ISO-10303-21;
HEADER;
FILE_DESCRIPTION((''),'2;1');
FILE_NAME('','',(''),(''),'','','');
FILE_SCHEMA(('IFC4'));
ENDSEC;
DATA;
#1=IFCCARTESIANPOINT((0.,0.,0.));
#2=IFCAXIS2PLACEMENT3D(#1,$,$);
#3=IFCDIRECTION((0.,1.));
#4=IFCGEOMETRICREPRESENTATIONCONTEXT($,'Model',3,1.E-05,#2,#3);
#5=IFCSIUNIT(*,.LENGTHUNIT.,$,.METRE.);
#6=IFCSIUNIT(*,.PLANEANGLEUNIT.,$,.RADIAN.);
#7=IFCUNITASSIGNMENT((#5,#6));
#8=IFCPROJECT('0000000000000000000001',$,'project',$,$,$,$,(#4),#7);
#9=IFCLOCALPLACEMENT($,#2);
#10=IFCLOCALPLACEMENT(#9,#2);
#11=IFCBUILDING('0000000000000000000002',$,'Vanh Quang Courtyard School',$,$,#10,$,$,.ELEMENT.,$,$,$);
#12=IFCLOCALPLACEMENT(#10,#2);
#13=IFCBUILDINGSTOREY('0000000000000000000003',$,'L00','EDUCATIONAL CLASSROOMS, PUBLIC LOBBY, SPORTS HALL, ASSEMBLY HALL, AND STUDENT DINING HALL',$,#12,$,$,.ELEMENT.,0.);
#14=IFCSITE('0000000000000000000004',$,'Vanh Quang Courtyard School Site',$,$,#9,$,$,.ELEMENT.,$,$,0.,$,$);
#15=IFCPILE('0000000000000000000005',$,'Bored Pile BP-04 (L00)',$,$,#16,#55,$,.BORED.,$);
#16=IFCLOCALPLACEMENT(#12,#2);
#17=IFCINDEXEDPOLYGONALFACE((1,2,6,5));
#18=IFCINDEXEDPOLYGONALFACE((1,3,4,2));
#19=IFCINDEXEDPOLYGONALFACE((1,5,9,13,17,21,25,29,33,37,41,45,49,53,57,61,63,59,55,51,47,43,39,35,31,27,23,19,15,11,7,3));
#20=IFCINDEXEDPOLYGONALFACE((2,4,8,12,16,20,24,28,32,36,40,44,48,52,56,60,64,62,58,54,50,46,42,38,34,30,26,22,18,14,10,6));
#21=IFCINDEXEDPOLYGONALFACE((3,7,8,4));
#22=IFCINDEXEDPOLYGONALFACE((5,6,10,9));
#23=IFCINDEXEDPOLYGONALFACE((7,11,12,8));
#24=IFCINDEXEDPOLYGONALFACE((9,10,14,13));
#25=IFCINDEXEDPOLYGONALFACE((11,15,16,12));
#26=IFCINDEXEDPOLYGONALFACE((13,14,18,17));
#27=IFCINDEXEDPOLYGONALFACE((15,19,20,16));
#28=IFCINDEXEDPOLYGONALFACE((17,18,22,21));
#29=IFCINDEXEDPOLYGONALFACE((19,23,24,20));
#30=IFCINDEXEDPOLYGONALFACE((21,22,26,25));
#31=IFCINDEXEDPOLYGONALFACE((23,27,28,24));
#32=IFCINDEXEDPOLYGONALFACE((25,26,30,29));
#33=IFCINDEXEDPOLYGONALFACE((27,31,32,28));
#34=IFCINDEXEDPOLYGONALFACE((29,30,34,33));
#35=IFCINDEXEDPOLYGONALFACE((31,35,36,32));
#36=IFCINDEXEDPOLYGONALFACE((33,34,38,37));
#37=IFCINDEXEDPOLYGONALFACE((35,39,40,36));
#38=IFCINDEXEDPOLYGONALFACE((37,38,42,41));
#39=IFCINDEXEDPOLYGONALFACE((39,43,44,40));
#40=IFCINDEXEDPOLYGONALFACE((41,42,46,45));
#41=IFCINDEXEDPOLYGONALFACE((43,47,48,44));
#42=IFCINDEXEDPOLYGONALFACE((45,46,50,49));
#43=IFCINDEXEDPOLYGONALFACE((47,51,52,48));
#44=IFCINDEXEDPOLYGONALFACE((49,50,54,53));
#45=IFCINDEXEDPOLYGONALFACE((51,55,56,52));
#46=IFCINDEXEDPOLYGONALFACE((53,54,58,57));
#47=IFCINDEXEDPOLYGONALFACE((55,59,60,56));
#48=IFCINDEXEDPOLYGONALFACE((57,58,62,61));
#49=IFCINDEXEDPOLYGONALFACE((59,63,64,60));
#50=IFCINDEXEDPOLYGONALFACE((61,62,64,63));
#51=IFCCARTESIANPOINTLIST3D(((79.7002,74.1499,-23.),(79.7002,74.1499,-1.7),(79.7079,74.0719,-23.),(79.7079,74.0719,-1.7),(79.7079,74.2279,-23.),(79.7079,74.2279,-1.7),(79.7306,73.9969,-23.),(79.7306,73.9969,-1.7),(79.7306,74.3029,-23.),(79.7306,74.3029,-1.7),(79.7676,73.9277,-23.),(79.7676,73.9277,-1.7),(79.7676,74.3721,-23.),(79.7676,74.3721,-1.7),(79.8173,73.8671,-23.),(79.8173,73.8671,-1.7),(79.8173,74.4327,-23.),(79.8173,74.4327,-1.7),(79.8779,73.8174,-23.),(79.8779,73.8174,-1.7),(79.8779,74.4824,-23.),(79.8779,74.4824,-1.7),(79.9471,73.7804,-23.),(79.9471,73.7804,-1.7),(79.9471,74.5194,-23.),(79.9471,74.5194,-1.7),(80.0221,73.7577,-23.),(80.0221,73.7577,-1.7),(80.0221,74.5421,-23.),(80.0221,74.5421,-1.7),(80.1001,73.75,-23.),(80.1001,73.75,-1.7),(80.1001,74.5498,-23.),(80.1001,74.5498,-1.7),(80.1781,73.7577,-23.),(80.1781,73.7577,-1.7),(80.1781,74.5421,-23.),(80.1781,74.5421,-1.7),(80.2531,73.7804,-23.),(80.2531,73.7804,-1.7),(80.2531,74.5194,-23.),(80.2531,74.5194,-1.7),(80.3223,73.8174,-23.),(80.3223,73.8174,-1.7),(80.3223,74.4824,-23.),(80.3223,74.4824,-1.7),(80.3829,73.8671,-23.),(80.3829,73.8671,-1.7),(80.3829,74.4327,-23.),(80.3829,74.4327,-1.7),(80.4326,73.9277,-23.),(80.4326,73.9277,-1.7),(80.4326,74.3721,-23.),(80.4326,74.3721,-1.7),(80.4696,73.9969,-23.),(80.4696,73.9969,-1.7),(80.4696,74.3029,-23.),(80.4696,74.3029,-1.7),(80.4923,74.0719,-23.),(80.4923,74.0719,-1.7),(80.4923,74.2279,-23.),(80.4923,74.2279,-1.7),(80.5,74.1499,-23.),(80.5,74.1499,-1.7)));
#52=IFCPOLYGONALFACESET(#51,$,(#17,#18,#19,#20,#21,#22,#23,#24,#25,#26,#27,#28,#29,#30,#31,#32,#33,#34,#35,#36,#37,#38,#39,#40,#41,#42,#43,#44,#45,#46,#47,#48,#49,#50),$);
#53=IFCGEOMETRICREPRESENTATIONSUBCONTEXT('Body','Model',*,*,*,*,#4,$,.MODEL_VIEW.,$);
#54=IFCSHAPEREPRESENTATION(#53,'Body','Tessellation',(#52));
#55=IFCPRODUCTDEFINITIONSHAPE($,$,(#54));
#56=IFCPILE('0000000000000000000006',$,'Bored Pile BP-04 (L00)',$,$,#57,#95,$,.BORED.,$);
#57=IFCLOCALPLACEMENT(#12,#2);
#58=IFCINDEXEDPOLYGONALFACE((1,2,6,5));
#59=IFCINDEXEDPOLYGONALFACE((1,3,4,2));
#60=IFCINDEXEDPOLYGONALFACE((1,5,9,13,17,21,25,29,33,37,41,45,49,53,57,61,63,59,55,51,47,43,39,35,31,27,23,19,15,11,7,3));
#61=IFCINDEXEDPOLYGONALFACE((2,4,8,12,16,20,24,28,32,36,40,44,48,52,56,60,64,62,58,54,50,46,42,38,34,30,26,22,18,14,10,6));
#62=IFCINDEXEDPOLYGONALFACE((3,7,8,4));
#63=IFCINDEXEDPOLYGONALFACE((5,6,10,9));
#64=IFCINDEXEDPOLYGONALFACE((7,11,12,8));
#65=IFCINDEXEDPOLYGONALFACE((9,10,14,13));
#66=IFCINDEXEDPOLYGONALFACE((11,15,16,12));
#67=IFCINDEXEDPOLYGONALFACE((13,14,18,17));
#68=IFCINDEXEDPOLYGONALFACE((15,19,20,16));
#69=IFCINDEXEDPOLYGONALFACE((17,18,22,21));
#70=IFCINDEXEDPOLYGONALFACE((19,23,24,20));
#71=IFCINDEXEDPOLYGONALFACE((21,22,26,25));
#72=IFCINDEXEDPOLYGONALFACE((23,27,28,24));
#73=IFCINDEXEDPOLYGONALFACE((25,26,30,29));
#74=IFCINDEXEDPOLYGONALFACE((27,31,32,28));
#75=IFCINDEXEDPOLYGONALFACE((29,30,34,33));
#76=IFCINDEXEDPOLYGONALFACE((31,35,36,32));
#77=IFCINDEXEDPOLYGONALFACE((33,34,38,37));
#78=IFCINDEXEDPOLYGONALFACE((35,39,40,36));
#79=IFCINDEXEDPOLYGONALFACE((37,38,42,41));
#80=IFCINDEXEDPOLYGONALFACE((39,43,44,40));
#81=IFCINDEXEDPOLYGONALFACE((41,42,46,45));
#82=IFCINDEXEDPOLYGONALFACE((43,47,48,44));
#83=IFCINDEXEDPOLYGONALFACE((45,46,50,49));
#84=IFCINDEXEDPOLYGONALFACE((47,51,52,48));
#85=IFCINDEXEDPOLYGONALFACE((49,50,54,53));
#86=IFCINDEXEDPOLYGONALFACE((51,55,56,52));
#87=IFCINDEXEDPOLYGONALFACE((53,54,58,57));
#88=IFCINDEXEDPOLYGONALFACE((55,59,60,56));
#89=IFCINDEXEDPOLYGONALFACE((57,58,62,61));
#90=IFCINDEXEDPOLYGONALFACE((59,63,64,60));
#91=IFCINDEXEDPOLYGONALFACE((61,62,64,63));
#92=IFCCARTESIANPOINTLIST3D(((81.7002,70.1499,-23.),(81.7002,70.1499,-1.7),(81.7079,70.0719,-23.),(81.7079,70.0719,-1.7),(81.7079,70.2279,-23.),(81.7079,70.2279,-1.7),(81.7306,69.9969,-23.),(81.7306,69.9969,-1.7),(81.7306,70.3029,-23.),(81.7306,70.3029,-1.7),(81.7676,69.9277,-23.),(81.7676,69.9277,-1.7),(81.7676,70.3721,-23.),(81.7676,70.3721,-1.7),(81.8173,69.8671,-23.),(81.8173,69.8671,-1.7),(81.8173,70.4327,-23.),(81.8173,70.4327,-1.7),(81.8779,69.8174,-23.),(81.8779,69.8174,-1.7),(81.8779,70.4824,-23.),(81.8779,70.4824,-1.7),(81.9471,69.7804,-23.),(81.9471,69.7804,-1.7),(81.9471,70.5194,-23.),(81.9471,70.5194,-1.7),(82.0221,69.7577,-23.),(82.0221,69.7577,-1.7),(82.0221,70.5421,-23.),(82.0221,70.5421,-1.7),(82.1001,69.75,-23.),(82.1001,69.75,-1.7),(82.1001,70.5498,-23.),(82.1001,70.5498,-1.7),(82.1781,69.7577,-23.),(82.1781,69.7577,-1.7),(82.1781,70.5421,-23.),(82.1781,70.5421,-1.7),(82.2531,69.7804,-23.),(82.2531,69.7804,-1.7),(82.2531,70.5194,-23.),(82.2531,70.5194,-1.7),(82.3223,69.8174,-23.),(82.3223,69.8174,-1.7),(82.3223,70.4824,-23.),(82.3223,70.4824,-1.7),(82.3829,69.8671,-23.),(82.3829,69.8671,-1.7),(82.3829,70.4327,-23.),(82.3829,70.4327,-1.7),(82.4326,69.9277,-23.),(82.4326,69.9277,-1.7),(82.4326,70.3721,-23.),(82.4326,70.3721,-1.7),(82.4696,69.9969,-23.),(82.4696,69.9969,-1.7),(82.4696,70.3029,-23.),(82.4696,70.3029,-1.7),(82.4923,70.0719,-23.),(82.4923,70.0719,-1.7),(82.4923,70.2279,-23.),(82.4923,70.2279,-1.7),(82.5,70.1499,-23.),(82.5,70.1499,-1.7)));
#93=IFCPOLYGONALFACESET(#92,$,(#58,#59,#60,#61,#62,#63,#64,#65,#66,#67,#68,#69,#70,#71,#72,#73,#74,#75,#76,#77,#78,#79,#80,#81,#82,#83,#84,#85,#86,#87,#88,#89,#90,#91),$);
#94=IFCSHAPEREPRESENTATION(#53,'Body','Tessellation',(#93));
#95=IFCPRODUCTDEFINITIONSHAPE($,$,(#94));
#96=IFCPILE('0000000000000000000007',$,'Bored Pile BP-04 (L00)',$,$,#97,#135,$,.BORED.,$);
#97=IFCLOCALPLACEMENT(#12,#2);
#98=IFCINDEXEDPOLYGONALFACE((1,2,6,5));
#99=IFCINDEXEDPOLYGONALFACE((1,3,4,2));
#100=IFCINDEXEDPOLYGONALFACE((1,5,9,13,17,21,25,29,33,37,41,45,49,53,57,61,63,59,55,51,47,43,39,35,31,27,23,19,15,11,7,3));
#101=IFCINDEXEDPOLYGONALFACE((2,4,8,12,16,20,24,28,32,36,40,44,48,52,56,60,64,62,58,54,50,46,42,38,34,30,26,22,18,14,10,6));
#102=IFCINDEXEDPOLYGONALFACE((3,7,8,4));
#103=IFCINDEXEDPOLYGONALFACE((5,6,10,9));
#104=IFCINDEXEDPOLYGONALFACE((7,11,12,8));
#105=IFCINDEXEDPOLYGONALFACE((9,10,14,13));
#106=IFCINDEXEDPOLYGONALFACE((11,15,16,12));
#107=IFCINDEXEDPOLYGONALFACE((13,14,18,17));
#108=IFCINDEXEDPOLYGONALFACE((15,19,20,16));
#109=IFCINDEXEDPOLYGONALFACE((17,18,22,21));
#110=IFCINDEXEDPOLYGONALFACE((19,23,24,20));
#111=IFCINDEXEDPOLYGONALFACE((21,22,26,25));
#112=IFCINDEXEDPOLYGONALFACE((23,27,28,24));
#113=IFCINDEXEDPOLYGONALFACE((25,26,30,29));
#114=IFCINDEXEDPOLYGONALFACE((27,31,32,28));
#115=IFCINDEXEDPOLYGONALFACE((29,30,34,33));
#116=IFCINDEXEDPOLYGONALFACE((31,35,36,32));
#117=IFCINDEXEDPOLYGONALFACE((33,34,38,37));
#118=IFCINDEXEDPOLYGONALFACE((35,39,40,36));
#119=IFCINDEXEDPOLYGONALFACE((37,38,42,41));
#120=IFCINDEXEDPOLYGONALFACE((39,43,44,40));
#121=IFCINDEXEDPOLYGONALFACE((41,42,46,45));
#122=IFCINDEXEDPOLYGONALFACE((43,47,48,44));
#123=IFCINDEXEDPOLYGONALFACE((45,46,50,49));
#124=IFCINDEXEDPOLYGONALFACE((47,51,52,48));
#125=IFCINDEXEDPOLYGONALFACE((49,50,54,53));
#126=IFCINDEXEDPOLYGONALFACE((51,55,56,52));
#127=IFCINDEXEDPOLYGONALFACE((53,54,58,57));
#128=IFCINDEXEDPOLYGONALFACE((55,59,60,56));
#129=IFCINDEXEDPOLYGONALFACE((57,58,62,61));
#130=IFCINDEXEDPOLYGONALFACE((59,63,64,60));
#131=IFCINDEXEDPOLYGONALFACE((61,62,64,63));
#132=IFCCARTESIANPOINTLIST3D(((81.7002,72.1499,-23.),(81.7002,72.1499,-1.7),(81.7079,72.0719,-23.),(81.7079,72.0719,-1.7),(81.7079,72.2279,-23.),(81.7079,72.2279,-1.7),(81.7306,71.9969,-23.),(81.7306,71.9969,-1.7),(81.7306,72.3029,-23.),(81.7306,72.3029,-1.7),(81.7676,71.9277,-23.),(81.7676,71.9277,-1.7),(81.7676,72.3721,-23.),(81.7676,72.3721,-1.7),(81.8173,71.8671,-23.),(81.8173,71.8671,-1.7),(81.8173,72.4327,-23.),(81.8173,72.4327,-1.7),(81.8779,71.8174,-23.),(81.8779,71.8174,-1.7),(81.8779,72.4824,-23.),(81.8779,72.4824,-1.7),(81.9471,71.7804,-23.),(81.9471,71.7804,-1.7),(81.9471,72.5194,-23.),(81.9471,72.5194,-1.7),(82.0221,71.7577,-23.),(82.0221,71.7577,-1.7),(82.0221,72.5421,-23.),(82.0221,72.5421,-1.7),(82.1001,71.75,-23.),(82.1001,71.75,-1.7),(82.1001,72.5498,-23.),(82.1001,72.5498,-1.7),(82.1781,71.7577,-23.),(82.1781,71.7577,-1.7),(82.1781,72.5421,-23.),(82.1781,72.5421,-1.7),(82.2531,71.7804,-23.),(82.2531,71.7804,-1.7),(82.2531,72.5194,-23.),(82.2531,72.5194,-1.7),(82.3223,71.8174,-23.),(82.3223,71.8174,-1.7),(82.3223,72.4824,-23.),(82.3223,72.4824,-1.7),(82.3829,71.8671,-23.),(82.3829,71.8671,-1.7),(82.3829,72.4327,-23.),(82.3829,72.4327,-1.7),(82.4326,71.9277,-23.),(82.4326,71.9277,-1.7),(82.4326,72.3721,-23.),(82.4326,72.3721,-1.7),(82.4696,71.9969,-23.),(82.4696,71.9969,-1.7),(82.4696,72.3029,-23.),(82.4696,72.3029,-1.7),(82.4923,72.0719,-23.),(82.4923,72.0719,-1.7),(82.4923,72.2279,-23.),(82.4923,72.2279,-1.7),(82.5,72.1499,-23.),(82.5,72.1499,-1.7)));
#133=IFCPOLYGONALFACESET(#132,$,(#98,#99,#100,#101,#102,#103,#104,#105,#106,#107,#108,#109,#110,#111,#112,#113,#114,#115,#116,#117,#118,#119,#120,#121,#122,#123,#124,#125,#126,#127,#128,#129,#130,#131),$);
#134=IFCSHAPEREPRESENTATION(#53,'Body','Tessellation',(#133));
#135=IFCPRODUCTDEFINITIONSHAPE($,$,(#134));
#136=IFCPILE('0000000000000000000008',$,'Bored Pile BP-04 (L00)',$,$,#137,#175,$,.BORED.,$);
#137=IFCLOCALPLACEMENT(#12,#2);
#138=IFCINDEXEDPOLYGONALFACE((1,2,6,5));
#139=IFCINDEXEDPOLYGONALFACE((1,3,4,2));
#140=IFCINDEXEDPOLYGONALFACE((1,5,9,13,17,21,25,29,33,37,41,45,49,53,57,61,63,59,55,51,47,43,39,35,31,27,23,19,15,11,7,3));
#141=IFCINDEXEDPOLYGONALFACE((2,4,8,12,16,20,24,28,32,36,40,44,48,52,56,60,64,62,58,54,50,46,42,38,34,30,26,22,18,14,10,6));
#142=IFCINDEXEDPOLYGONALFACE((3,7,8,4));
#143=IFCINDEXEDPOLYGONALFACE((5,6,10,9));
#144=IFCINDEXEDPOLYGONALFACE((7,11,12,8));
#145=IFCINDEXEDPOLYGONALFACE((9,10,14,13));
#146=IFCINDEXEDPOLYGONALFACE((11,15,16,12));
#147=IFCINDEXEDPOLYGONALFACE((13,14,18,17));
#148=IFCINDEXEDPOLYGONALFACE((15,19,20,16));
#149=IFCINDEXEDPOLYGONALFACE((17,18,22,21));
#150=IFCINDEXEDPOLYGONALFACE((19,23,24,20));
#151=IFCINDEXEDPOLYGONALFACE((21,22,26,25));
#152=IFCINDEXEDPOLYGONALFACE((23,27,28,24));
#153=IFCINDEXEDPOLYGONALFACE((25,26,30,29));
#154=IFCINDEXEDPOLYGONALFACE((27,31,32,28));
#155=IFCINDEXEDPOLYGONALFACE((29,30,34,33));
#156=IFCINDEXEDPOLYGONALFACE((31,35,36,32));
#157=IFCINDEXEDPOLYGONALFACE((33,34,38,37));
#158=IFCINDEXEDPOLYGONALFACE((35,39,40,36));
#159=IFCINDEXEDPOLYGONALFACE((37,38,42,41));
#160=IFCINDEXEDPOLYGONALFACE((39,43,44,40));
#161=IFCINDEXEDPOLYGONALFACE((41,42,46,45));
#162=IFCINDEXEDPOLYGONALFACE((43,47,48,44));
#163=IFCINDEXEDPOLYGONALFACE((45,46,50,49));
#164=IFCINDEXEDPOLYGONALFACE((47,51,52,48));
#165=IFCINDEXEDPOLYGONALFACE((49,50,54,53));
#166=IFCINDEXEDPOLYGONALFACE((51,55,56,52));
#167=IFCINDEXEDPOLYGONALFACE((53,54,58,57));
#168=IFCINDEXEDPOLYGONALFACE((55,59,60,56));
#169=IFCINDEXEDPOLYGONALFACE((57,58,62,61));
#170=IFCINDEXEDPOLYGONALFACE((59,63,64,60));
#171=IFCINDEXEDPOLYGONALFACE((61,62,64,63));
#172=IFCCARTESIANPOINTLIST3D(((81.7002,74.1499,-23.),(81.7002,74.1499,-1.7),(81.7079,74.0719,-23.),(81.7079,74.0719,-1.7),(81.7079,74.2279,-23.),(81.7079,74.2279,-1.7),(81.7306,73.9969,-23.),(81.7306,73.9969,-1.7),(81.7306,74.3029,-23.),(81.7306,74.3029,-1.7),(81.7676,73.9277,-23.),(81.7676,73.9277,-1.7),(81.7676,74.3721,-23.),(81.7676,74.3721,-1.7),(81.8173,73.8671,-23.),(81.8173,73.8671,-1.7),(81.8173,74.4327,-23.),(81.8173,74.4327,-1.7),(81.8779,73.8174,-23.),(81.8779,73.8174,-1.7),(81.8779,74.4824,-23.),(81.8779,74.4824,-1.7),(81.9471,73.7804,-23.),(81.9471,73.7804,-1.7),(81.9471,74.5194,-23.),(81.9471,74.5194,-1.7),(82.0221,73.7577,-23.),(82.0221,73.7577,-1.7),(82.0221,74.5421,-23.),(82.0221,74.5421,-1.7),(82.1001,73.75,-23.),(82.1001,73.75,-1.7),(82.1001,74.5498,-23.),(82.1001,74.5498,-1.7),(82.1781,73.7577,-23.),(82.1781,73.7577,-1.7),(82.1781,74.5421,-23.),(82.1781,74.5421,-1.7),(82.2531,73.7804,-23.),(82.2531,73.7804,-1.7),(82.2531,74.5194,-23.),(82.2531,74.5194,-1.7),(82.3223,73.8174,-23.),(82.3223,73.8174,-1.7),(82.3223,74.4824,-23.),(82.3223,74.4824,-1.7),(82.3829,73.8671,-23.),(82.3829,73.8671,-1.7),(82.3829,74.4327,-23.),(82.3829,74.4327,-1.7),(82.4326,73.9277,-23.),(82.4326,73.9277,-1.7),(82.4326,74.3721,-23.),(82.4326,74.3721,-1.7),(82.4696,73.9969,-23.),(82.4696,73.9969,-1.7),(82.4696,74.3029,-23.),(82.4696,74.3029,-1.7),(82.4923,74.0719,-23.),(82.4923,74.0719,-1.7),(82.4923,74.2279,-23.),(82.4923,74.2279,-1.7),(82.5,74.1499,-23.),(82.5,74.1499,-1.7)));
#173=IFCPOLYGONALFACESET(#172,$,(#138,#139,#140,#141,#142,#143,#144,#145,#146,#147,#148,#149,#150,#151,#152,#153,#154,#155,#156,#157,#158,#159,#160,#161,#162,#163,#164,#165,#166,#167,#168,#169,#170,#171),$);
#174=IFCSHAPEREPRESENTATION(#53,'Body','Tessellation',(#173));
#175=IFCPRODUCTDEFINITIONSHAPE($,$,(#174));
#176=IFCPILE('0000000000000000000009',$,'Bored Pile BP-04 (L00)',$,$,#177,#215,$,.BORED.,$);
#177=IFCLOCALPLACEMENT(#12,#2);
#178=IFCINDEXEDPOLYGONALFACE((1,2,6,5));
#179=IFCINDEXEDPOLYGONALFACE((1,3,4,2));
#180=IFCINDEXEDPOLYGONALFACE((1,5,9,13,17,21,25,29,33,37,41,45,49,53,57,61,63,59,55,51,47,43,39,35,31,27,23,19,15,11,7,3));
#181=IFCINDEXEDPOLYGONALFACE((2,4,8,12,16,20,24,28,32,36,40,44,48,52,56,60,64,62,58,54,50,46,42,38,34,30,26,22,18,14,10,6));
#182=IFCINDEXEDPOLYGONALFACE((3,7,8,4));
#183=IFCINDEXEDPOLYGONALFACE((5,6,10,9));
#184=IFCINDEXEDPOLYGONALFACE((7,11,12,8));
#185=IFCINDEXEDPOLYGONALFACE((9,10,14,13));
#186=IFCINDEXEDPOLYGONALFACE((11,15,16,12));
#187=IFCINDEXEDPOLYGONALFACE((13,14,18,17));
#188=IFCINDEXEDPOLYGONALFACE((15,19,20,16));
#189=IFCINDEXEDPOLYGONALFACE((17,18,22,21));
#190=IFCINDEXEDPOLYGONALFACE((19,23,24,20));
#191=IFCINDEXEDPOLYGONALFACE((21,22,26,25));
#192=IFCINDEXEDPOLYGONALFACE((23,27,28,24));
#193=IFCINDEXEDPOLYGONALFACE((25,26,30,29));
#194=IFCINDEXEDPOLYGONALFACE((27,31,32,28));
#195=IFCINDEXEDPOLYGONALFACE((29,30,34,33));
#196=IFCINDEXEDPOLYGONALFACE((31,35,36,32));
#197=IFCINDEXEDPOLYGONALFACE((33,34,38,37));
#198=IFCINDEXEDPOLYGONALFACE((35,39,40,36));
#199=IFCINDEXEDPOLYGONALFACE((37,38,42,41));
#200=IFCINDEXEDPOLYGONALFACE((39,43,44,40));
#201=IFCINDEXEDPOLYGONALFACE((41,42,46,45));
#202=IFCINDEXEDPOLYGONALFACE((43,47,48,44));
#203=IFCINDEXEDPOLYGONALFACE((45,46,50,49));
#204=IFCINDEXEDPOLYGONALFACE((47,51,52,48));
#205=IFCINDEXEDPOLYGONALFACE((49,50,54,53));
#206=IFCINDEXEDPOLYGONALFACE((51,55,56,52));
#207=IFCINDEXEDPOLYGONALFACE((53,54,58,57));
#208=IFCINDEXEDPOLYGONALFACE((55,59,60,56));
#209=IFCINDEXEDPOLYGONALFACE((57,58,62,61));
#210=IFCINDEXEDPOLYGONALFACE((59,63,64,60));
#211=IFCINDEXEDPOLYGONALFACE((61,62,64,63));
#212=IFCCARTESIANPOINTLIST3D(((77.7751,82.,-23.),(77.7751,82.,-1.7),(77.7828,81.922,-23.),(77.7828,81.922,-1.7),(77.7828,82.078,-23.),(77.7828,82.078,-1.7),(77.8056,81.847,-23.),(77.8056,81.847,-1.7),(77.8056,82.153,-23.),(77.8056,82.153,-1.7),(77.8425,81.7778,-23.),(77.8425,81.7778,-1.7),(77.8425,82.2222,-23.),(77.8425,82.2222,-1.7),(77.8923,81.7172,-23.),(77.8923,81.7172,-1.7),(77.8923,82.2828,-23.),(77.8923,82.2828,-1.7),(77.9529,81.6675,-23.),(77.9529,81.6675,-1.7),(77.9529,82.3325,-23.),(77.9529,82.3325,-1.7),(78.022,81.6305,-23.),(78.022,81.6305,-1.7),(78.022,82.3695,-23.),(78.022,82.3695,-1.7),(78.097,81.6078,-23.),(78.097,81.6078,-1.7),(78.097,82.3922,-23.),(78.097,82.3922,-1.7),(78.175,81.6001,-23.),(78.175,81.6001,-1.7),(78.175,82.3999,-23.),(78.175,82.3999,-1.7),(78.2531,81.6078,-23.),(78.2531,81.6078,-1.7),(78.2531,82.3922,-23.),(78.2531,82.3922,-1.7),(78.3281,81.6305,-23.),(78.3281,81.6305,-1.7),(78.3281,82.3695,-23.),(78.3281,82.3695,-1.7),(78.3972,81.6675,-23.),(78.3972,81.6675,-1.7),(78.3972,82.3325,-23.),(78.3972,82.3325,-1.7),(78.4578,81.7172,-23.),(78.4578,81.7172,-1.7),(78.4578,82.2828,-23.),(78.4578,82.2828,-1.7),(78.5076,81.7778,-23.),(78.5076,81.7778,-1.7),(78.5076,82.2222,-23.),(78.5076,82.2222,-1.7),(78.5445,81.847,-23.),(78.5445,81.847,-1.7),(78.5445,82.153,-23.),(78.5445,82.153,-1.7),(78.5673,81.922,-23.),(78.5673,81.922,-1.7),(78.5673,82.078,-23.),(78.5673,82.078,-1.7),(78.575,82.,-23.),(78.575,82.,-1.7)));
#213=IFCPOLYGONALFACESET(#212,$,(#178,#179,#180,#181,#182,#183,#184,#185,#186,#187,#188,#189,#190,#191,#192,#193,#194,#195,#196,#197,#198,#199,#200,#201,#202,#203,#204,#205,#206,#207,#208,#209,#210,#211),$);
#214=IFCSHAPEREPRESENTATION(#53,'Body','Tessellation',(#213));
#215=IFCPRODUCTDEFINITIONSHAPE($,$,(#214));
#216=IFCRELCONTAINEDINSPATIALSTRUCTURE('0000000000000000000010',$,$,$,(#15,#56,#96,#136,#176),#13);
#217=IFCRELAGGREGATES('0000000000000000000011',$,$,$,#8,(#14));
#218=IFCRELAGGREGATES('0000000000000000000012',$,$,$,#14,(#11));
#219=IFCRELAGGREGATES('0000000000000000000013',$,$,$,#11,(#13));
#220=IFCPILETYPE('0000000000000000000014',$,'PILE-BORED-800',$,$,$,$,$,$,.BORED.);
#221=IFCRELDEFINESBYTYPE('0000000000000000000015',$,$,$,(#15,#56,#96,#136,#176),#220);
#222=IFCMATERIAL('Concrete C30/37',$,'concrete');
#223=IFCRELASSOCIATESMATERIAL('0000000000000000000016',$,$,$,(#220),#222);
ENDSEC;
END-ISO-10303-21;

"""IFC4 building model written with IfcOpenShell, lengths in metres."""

from ifc_helpers import new_model, si_unit, direction, frame, origin, origin_2d, place, context, subcontext, project, spatial, circle, extrude, material, material_profile, profile_set, type_object, element, save


model = new_model("IFC4")

# Units and contexts
model_context = context("Model", 3, precision=1e-05, world=origin(), true_north=direction((0.0, 1.0)))
body_context = subcontext(model_context, "Body", "Model", "MODEL_VIEW")
ifc_project = project(units=[si_unit("LENGTHUNIT", "METRE"), si_unit("PLANEANGLEUNIT", "RADIAN")], contexts=[model_context])

# Site, building, storey
site_placement = place(None, origin())
site = spatial("IfcSite", under=ifc_project, at=site_placement, Name="Vanh Quang Courtyard School Site", CompositionType="ELEMENT", RefElevation=0.0)
building_placement = place(site_placement, origin())
building = spatial("IfcBuilding", under=site, at=building_placement, Name="Vanh Quang Courtyard School", CompositionType="ELEMENT")
storey_placement = place(building_placement, origin())
storey = spatial("IfcBuildingStorey", under=building, at=storey_placement, Name="L00", Description="EDUCATIONAL CLASSROOMS, PUBLIC LOBBY, SPORTS HALL, ASSEMBLY HALL, AND STUDENT DINING HALL", CompositionType="ELEMENT", Elevation=0.0)

# Piles
ifc_material_1 = material(Name="Concrete C30/37", Category="concrete")
ifc_material_profile_1 = material_profile(ifc_material_1, circle(Radius=0.3999, at=origin_2d()), Name="PILE D800")
ifc_profile_set_1 = profile_set([ifc_material_profile_1], Name="Concrete C30/37")
pile_type = type_object("IfcPileType", Name="PILE-BORED-800", PredefinedType="BORED", material=ifc_profile_set_1)
for number, where, z_axis, x_axis, name in (
    (1, (80.1001, 74.1499, -1.7), (0.0, 0.0, -1.0), (1.0, 0.0, 0.0), "Bored Pile BP-04 (L00)"),
    (2, (82.1001, 70.1499, -1.7), (0.0, 0.0, -1.0), (1.0, 0.0, 0.0), "Bored Pile BP-04 (L00)"),
    (3, (82.1001, 72.1499, -1.7), (0.0, 0.0, -1.0), (1.0, 0.0, 0.0), "Bored Pile BP-04 (L00)"),
    (4, (82.1001, 74.1499, -1.7), (0.0, 0.0, -1.0), (1.0, 0.0, 0.0), "Bored Pile BP-04 (L00)"),
    (5, (78.175, 82.0, -1.7), (0.0, 0.0, -1.0), (1.0, 0.0, 0.0), "Bored Pile BP-04 (L00)"),
):
    element("IfcPile", number, at=place(storey_placement, frame(where, z_axis=z_axis, x_axis=x_axis)), inside=storey, type_object=pile_type, Name=name, PredefinedType="BORED", context=body_context, shape_type="SweptSolid", body=[
        extrude(circle(Radius=0.3999, at=origin_2d()), origin(), (0.0, 0.0, 1.0), 21.3),
    ])

save(model, "model.ifc")
